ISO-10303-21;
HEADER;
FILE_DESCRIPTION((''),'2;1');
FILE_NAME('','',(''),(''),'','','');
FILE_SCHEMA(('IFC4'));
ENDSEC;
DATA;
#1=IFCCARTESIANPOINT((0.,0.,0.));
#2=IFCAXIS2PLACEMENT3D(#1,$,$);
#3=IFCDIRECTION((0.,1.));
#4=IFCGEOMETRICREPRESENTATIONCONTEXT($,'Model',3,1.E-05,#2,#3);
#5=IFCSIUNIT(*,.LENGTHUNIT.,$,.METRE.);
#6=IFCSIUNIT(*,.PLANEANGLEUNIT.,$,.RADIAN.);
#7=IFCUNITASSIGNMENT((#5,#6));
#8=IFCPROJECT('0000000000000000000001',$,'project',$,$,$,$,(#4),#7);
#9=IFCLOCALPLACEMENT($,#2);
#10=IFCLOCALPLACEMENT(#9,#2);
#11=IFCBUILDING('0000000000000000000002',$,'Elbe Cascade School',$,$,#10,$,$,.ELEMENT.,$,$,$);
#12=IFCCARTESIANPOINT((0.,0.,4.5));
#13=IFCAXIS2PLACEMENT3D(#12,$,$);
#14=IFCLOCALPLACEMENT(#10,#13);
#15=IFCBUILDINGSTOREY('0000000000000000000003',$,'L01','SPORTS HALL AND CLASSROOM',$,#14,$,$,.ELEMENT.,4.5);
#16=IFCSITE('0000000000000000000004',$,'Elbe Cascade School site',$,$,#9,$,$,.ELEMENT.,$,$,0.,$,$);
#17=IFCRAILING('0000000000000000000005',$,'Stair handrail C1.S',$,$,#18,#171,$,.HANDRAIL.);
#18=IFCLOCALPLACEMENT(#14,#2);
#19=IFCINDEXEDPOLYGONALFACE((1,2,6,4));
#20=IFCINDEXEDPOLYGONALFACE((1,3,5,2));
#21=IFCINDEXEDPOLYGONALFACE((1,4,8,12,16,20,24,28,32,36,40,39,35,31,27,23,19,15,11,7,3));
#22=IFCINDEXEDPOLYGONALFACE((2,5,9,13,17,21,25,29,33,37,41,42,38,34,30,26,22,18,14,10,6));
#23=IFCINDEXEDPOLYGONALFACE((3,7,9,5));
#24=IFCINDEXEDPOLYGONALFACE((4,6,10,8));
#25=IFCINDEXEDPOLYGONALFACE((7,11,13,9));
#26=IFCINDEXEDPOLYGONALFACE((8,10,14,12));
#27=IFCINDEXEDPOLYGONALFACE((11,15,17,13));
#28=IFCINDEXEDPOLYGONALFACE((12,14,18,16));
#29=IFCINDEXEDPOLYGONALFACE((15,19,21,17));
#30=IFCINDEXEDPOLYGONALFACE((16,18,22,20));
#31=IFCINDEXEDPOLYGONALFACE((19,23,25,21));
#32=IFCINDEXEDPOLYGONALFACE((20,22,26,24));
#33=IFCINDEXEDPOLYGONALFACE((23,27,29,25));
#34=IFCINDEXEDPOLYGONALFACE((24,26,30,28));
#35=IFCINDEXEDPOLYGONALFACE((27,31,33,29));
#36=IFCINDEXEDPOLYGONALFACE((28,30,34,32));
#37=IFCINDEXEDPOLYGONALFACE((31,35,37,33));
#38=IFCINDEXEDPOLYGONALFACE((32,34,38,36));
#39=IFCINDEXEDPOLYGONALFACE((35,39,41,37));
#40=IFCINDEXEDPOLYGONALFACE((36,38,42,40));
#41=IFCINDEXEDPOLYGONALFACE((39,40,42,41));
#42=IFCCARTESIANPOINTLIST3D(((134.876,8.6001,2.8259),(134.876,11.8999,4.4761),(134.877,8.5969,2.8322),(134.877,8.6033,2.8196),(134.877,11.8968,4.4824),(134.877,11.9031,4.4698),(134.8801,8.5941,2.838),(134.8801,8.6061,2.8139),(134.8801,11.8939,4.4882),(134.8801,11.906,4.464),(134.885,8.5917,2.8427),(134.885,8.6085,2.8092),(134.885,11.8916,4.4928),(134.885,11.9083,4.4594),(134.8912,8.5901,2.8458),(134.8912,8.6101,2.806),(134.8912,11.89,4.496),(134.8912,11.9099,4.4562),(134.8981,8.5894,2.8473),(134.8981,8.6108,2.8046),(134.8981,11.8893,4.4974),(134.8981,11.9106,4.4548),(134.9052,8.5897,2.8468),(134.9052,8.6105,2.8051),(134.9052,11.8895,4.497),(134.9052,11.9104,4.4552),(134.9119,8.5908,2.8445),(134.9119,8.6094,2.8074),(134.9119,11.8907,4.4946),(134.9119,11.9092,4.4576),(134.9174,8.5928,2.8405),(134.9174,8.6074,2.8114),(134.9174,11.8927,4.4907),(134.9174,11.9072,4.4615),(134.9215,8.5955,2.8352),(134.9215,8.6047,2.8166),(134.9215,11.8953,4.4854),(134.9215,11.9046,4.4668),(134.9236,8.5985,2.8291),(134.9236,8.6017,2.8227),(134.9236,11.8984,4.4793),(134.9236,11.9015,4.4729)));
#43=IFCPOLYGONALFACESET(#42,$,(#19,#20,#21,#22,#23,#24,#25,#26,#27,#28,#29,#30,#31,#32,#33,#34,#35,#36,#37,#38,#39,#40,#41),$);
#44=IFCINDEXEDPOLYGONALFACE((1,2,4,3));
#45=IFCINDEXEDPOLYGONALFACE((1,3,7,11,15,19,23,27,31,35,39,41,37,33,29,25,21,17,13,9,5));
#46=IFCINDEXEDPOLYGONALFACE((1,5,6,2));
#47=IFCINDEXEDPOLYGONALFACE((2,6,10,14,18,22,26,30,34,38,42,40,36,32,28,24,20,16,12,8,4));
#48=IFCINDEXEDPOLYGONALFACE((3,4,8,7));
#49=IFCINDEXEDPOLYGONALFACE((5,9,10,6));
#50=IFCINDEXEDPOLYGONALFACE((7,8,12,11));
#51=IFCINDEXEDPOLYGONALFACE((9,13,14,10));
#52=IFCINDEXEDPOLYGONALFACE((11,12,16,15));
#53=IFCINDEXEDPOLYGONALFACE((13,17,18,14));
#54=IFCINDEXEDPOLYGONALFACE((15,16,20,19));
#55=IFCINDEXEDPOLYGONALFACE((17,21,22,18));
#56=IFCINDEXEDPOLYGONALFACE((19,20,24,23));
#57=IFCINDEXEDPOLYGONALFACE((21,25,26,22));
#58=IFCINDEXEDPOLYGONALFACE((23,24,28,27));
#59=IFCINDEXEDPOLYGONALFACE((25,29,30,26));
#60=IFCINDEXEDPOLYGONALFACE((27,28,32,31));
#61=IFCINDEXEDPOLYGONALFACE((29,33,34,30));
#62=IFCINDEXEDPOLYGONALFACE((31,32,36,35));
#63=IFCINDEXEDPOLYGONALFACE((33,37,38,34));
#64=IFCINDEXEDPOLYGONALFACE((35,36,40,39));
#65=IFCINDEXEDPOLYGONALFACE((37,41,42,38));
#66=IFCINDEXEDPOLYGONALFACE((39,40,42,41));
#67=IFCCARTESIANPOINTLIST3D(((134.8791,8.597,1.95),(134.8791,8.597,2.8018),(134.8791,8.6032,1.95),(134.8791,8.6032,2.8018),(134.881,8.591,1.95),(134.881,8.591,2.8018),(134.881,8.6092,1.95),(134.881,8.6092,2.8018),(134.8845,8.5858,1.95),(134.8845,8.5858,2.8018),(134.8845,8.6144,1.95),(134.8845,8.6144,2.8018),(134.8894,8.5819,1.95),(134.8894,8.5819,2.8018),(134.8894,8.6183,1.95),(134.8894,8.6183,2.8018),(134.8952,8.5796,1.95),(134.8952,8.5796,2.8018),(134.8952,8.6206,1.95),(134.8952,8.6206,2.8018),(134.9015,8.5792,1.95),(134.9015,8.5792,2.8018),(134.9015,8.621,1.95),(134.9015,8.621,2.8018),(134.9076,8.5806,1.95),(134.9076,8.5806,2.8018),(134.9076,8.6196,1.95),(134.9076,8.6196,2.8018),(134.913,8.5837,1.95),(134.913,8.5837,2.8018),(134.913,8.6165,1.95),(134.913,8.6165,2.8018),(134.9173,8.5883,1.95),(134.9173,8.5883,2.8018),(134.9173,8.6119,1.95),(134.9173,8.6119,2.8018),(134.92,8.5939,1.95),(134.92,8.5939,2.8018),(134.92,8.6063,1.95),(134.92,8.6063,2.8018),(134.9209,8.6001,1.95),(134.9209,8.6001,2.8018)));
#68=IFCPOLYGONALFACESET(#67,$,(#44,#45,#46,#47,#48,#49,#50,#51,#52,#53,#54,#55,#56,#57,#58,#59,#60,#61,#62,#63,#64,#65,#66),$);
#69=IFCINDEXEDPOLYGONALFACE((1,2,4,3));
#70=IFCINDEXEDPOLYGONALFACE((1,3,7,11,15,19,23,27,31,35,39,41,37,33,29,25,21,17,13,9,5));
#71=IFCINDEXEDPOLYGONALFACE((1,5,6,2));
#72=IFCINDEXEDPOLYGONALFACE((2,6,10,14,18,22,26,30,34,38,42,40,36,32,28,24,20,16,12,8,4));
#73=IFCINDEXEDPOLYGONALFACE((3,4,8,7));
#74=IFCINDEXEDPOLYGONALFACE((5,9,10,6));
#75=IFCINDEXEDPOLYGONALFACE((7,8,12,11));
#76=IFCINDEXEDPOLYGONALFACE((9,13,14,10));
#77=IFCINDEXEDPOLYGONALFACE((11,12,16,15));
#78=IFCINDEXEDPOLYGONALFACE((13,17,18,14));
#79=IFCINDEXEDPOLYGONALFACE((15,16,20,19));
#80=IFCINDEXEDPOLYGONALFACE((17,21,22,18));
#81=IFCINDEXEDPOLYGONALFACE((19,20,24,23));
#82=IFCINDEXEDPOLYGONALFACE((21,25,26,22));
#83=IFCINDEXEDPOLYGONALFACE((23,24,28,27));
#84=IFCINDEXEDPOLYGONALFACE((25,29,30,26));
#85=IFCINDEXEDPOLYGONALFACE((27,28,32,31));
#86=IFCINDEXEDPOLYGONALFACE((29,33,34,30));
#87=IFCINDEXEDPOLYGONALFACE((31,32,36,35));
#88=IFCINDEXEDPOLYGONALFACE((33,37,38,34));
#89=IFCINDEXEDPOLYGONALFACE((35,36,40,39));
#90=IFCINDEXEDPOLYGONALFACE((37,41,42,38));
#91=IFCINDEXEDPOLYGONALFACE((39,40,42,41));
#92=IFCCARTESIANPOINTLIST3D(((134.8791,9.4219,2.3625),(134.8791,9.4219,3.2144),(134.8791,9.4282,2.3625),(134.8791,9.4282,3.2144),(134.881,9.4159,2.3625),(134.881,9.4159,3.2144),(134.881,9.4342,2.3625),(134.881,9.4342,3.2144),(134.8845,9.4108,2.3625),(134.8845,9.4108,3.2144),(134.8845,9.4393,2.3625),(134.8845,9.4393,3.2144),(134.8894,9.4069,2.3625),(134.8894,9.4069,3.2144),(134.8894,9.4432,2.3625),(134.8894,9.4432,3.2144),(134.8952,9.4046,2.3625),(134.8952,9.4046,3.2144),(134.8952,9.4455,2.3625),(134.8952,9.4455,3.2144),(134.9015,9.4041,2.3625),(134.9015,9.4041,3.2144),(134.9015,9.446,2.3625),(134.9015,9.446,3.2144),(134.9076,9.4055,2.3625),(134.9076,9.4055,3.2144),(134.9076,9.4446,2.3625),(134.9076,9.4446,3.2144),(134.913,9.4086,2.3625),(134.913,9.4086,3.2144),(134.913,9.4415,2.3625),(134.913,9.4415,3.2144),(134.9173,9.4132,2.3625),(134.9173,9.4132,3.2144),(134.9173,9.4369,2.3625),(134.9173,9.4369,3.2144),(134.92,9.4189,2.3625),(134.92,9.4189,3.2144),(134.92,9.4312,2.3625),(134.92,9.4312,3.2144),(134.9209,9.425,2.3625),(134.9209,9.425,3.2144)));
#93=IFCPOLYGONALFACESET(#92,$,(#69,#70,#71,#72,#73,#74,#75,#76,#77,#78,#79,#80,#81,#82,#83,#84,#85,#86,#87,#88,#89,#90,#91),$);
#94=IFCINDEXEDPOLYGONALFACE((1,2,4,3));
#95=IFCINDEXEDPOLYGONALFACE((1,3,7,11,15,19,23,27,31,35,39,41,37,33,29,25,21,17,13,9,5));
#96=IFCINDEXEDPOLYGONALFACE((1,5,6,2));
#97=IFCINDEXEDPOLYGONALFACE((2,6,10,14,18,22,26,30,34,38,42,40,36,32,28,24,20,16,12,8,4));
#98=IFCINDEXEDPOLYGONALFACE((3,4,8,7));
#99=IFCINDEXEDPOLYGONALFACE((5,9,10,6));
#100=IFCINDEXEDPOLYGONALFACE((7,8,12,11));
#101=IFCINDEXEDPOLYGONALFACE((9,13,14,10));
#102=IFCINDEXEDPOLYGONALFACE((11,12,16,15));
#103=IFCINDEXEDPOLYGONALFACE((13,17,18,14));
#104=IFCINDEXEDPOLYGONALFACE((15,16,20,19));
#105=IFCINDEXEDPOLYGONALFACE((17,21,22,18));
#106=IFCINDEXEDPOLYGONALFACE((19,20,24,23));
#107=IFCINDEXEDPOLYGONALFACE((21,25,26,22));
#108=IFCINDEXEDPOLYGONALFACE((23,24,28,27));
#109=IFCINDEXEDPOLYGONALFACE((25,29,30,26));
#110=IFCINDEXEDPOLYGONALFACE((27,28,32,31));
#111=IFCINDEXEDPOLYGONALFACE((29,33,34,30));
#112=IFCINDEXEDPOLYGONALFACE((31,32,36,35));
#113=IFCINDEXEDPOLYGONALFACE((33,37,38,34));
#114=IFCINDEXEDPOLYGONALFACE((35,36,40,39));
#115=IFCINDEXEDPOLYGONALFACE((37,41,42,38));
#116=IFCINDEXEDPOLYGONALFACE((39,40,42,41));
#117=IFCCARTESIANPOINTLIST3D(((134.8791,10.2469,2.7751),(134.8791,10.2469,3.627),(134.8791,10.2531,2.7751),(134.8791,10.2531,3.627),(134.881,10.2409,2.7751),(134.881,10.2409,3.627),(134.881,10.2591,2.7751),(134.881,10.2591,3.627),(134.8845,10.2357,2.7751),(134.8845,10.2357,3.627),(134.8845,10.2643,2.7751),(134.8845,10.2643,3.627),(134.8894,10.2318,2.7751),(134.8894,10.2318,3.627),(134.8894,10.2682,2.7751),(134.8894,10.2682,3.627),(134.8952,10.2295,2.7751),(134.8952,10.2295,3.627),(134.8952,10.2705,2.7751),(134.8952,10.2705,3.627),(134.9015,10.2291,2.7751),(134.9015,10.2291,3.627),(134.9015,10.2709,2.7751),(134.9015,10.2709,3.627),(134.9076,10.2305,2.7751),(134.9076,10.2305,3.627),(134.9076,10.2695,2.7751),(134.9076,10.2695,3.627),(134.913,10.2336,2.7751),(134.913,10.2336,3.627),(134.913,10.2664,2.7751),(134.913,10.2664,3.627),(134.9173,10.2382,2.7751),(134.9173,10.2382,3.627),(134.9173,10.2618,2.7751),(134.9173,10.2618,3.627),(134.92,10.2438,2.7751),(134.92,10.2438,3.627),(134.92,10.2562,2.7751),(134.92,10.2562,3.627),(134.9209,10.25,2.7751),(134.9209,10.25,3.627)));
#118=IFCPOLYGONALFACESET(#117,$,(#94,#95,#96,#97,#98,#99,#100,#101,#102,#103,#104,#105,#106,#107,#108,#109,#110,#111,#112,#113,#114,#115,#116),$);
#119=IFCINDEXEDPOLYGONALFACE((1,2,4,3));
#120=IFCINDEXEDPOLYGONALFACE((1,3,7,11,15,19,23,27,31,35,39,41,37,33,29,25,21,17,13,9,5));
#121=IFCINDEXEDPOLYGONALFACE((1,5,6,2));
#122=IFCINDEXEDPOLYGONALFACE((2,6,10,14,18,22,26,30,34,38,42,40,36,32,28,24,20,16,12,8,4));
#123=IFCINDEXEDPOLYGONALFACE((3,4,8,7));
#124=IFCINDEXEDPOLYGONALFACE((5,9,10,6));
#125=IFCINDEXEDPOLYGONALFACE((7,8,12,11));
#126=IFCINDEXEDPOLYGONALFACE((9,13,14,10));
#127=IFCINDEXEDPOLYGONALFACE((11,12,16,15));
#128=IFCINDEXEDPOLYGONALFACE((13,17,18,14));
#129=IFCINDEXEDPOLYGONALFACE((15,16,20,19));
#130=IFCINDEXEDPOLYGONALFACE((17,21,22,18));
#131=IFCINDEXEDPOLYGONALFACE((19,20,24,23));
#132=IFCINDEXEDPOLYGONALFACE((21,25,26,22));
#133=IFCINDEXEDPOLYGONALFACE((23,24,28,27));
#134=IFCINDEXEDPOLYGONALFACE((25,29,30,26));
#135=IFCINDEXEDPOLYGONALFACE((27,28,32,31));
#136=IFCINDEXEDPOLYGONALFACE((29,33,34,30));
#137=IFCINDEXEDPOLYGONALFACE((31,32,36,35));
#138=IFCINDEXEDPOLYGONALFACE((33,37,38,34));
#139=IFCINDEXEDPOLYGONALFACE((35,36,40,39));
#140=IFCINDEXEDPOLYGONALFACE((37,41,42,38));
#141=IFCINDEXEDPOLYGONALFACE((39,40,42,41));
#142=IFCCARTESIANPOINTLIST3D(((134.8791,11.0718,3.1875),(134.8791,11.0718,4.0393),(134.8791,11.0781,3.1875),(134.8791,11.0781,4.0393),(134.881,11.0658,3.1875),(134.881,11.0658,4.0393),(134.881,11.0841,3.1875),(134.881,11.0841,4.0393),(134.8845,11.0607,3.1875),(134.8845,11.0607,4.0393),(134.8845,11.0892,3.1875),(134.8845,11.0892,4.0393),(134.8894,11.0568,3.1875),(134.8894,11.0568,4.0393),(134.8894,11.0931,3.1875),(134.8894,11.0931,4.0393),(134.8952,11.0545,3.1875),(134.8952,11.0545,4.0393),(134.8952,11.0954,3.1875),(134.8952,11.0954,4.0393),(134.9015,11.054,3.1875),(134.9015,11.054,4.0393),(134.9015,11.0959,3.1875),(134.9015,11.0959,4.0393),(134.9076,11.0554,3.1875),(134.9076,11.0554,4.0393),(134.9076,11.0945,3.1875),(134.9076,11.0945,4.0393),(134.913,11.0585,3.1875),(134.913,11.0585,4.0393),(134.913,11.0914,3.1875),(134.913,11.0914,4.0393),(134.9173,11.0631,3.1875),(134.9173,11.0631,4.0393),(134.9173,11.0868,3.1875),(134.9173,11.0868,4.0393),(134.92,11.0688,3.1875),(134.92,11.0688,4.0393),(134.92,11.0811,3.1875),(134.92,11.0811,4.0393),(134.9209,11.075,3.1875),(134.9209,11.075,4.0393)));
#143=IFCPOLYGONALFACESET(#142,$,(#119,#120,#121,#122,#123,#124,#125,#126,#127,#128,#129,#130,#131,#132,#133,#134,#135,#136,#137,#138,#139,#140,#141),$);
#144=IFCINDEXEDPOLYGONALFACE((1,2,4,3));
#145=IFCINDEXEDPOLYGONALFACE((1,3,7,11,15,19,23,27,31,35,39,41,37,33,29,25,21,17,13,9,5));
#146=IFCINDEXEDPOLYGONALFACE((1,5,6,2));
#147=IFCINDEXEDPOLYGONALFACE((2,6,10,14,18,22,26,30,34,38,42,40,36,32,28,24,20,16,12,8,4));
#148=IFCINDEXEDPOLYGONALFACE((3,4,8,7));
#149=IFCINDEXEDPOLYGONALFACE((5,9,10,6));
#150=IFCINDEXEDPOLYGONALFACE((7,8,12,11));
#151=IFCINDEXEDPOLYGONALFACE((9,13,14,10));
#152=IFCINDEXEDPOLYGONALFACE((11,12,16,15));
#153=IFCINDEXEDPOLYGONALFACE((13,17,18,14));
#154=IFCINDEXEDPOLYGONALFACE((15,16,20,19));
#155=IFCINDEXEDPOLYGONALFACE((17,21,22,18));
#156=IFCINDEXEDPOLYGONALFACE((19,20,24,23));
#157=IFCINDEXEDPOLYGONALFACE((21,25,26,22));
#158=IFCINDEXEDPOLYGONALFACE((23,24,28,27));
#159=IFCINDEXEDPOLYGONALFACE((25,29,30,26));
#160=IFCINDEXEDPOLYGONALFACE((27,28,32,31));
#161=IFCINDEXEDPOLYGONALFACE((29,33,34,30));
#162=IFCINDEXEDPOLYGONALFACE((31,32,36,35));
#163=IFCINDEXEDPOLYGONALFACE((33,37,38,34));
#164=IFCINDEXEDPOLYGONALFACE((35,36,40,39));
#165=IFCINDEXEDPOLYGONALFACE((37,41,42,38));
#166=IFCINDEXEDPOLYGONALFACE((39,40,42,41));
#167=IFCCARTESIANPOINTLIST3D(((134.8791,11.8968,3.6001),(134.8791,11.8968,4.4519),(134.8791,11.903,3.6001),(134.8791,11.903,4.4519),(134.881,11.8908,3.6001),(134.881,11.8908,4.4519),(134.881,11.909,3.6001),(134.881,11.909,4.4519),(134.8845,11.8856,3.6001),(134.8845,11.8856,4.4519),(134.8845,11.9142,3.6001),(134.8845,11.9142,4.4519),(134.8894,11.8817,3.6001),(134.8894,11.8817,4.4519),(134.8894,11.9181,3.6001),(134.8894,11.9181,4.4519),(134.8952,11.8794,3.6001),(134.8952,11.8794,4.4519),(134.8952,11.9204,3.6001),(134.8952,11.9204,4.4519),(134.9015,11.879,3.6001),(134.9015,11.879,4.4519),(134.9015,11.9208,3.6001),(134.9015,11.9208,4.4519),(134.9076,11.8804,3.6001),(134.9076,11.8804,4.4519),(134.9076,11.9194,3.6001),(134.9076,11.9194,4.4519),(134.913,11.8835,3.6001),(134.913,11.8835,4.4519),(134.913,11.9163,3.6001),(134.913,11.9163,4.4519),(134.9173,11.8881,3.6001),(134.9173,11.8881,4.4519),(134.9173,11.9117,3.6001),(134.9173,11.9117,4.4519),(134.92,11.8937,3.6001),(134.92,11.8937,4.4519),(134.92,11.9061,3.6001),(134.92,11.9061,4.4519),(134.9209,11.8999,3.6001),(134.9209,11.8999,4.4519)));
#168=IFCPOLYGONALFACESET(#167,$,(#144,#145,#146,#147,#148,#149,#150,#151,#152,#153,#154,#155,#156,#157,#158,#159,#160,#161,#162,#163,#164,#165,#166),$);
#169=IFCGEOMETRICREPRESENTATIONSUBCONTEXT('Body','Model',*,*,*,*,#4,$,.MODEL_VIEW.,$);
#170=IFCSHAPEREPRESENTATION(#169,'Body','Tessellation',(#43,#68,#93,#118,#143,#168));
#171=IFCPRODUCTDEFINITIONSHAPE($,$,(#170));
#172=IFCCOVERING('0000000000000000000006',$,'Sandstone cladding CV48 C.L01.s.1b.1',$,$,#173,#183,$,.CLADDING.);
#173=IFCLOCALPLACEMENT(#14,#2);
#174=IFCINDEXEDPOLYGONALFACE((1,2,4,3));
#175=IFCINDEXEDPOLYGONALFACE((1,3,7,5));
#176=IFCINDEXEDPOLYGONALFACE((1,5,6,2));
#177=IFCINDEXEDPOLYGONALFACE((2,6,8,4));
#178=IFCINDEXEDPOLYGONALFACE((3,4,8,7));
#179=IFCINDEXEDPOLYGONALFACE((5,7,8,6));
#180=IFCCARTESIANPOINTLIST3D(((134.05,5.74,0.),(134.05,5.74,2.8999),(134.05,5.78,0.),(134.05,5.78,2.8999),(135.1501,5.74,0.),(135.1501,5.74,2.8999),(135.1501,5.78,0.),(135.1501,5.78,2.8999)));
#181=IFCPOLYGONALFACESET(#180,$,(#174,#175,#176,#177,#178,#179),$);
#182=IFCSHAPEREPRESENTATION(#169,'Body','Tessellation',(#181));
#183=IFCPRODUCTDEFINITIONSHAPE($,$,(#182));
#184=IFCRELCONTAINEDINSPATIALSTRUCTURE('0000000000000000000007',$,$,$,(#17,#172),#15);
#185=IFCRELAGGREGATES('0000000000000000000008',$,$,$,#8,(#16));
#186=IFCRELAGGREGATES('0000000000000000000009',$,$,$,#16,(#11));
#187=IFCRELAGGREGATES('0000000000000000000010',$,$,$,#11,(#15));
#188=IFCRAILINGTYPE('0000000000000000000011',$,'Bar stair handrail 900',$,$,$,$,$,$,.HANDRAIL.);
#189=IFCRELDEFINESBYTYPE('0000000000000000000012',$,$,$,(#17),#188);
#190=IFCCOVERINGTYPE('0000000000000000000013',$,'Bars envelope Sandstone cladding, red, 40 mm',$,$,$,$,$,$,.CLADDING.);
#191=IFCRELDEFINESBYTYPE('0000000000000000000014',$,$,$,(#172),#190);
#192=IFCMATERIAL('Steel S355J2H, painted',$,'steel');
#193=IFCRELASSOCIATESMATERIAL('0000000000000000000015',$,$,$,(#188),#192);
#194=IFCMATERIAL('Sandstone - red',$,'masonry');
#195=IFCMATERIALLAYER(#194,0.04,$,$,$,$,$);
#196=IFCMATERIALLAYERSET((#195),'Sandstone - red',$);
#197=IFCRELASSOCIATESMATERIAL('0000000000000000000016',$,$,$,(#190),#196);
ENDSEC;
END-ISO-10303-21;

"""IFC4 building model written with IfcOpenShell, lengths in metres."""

from ifc_helpers import new_model, si_unit, direction, frame, origin, origin_2d, place, context, subcontext, project, spatial, rectangle, circle, extrude, material, layer, layer_set, type_object, element, save


model = new_model("IFC4")

# Units and contexts
model_context = context("Model", 3, precision=1e-05, world=origin(), true_north=direction((0.0, 1.0)))
body_context = subcontext(model_context, "Body", "Model", "MODEL_VIEW")
ifc_project = project(units=[si_unit("LENGTHUNIT", "METRE"), si_unit("PLANEANGLEUNIT", "RADIAN")], contexts=[model_context])

# Site, building, storey
site_placement = place(None, origin())
site = spatial("IfcSite", under=ifc_project, at=site_placement, Name="Elbe Cascade School site", CompositionType="ELEMENT", RefElevation=0.0)
building_placement = place(site_placement, origin())
building = spatial("IfcBuilding", under=site, at=building_placement, Name="Elbe Cascade School", CompositionType="ELEMENT")
storey_placement = place(building_placement, frame((0.0, 0.0, 4.5)))
storey = spatial("IfcBuildingStorey", under=building, at=storey_placement, Name="L01", Description="SPORTS HALL AND CLASSROOM", CompositionType="ELEMENT", Elevation=4.5)

# Railing
ifc_material_1 = material(Name="Steel S355J2H, painted", Category="steel")
railing_type_1 = type_object("IfcRailingType", Name="Bar stair handrail 900", PredefinedType="HANDRAIL", material=ifc_material_1)
railing_1_placement = place(storey_placement, frame((134.8999, 8.6001, 1.95)))
element("IfcRailing", 1, at=railing_1_placement, inside=storey, type_object=railing_type_1, Name="Stair handrail C1.S", PredefinedType="HANDRAIL", context=body_context, shape_type="SweptSolid", body=[
    extrude(circle(Radius=0.0239, at=origin_2d()), frame((0.0, 0.0, 0.876), z_axis=(0.0, 0.894401, 0.447267), x_axis=(-1.0, 0.0, 0.0)), (0.0, 0.0, 1.0), 3.6895),
    extrude(circle(Radius=0.021, at=origin_2d()), origin(), (0.0, 0.0, 1.0), 0.8518),
    extrude(circle(Radius=0.021, at=origin_2d()), frame((0.0, 0.825, 0.4126)), (0.0, 0.0, 1.0), 0.8518),
    extrude(circle(Radius=0.021, at=origin_2d()), frame((0.0, 1.6499, 0.8252)), (0.0, 0.0, 1.0), 0.8518),
    extrude(circle(Radius=0.021, at=origin_2d()), frame((0.0, 2.4749, 1.2375)), (0.0, 0.0, 1.0), 0.8518),
    extrude(circle(Radius=0.021, at=origin_2d()), frame((0.0, 3.2998, 1.6501)), (0.0, 0.0, 1.0), 0.8518),
])

# Covering
ifc_material_2 = material(Name="Sandstone - red", Category="masonry")
ifc_layer_1 = layer(ifc_material_2, 0.04)
ifc_layer_set_1 = layer_set([ifc_layer_1], Name="Sandstone - red")
covering_type = type_object("IfcCoveringType", Name="Bars envelope Sandstone cladding, red, 40 mm", PredefinedType="CLADDING", material=ifc_layer_set_1)
covering_placement = place(storey_placement, frame((134.6001, 5.76, 0.0), z_axis=(0.0, 0.0, 1.0), x_axis=(1.0, 0.0, 0.0)))
element("IfcCovering", 2, at=covering_placement, inside=storey, type_object=covering_type, Name="Sandstone cladding CV48 C.L01.s.1b.1", PredefinedType="CLADDING", context=body_context, shape_type="SweptSolid", body=[
    extrude(rectangle(XDim=1.1001, YDim=0.04, at=origin_2d()), origin(), (0.0, 0.0, 1.0), 2.8999),
])

save(model, "model.ifc")
